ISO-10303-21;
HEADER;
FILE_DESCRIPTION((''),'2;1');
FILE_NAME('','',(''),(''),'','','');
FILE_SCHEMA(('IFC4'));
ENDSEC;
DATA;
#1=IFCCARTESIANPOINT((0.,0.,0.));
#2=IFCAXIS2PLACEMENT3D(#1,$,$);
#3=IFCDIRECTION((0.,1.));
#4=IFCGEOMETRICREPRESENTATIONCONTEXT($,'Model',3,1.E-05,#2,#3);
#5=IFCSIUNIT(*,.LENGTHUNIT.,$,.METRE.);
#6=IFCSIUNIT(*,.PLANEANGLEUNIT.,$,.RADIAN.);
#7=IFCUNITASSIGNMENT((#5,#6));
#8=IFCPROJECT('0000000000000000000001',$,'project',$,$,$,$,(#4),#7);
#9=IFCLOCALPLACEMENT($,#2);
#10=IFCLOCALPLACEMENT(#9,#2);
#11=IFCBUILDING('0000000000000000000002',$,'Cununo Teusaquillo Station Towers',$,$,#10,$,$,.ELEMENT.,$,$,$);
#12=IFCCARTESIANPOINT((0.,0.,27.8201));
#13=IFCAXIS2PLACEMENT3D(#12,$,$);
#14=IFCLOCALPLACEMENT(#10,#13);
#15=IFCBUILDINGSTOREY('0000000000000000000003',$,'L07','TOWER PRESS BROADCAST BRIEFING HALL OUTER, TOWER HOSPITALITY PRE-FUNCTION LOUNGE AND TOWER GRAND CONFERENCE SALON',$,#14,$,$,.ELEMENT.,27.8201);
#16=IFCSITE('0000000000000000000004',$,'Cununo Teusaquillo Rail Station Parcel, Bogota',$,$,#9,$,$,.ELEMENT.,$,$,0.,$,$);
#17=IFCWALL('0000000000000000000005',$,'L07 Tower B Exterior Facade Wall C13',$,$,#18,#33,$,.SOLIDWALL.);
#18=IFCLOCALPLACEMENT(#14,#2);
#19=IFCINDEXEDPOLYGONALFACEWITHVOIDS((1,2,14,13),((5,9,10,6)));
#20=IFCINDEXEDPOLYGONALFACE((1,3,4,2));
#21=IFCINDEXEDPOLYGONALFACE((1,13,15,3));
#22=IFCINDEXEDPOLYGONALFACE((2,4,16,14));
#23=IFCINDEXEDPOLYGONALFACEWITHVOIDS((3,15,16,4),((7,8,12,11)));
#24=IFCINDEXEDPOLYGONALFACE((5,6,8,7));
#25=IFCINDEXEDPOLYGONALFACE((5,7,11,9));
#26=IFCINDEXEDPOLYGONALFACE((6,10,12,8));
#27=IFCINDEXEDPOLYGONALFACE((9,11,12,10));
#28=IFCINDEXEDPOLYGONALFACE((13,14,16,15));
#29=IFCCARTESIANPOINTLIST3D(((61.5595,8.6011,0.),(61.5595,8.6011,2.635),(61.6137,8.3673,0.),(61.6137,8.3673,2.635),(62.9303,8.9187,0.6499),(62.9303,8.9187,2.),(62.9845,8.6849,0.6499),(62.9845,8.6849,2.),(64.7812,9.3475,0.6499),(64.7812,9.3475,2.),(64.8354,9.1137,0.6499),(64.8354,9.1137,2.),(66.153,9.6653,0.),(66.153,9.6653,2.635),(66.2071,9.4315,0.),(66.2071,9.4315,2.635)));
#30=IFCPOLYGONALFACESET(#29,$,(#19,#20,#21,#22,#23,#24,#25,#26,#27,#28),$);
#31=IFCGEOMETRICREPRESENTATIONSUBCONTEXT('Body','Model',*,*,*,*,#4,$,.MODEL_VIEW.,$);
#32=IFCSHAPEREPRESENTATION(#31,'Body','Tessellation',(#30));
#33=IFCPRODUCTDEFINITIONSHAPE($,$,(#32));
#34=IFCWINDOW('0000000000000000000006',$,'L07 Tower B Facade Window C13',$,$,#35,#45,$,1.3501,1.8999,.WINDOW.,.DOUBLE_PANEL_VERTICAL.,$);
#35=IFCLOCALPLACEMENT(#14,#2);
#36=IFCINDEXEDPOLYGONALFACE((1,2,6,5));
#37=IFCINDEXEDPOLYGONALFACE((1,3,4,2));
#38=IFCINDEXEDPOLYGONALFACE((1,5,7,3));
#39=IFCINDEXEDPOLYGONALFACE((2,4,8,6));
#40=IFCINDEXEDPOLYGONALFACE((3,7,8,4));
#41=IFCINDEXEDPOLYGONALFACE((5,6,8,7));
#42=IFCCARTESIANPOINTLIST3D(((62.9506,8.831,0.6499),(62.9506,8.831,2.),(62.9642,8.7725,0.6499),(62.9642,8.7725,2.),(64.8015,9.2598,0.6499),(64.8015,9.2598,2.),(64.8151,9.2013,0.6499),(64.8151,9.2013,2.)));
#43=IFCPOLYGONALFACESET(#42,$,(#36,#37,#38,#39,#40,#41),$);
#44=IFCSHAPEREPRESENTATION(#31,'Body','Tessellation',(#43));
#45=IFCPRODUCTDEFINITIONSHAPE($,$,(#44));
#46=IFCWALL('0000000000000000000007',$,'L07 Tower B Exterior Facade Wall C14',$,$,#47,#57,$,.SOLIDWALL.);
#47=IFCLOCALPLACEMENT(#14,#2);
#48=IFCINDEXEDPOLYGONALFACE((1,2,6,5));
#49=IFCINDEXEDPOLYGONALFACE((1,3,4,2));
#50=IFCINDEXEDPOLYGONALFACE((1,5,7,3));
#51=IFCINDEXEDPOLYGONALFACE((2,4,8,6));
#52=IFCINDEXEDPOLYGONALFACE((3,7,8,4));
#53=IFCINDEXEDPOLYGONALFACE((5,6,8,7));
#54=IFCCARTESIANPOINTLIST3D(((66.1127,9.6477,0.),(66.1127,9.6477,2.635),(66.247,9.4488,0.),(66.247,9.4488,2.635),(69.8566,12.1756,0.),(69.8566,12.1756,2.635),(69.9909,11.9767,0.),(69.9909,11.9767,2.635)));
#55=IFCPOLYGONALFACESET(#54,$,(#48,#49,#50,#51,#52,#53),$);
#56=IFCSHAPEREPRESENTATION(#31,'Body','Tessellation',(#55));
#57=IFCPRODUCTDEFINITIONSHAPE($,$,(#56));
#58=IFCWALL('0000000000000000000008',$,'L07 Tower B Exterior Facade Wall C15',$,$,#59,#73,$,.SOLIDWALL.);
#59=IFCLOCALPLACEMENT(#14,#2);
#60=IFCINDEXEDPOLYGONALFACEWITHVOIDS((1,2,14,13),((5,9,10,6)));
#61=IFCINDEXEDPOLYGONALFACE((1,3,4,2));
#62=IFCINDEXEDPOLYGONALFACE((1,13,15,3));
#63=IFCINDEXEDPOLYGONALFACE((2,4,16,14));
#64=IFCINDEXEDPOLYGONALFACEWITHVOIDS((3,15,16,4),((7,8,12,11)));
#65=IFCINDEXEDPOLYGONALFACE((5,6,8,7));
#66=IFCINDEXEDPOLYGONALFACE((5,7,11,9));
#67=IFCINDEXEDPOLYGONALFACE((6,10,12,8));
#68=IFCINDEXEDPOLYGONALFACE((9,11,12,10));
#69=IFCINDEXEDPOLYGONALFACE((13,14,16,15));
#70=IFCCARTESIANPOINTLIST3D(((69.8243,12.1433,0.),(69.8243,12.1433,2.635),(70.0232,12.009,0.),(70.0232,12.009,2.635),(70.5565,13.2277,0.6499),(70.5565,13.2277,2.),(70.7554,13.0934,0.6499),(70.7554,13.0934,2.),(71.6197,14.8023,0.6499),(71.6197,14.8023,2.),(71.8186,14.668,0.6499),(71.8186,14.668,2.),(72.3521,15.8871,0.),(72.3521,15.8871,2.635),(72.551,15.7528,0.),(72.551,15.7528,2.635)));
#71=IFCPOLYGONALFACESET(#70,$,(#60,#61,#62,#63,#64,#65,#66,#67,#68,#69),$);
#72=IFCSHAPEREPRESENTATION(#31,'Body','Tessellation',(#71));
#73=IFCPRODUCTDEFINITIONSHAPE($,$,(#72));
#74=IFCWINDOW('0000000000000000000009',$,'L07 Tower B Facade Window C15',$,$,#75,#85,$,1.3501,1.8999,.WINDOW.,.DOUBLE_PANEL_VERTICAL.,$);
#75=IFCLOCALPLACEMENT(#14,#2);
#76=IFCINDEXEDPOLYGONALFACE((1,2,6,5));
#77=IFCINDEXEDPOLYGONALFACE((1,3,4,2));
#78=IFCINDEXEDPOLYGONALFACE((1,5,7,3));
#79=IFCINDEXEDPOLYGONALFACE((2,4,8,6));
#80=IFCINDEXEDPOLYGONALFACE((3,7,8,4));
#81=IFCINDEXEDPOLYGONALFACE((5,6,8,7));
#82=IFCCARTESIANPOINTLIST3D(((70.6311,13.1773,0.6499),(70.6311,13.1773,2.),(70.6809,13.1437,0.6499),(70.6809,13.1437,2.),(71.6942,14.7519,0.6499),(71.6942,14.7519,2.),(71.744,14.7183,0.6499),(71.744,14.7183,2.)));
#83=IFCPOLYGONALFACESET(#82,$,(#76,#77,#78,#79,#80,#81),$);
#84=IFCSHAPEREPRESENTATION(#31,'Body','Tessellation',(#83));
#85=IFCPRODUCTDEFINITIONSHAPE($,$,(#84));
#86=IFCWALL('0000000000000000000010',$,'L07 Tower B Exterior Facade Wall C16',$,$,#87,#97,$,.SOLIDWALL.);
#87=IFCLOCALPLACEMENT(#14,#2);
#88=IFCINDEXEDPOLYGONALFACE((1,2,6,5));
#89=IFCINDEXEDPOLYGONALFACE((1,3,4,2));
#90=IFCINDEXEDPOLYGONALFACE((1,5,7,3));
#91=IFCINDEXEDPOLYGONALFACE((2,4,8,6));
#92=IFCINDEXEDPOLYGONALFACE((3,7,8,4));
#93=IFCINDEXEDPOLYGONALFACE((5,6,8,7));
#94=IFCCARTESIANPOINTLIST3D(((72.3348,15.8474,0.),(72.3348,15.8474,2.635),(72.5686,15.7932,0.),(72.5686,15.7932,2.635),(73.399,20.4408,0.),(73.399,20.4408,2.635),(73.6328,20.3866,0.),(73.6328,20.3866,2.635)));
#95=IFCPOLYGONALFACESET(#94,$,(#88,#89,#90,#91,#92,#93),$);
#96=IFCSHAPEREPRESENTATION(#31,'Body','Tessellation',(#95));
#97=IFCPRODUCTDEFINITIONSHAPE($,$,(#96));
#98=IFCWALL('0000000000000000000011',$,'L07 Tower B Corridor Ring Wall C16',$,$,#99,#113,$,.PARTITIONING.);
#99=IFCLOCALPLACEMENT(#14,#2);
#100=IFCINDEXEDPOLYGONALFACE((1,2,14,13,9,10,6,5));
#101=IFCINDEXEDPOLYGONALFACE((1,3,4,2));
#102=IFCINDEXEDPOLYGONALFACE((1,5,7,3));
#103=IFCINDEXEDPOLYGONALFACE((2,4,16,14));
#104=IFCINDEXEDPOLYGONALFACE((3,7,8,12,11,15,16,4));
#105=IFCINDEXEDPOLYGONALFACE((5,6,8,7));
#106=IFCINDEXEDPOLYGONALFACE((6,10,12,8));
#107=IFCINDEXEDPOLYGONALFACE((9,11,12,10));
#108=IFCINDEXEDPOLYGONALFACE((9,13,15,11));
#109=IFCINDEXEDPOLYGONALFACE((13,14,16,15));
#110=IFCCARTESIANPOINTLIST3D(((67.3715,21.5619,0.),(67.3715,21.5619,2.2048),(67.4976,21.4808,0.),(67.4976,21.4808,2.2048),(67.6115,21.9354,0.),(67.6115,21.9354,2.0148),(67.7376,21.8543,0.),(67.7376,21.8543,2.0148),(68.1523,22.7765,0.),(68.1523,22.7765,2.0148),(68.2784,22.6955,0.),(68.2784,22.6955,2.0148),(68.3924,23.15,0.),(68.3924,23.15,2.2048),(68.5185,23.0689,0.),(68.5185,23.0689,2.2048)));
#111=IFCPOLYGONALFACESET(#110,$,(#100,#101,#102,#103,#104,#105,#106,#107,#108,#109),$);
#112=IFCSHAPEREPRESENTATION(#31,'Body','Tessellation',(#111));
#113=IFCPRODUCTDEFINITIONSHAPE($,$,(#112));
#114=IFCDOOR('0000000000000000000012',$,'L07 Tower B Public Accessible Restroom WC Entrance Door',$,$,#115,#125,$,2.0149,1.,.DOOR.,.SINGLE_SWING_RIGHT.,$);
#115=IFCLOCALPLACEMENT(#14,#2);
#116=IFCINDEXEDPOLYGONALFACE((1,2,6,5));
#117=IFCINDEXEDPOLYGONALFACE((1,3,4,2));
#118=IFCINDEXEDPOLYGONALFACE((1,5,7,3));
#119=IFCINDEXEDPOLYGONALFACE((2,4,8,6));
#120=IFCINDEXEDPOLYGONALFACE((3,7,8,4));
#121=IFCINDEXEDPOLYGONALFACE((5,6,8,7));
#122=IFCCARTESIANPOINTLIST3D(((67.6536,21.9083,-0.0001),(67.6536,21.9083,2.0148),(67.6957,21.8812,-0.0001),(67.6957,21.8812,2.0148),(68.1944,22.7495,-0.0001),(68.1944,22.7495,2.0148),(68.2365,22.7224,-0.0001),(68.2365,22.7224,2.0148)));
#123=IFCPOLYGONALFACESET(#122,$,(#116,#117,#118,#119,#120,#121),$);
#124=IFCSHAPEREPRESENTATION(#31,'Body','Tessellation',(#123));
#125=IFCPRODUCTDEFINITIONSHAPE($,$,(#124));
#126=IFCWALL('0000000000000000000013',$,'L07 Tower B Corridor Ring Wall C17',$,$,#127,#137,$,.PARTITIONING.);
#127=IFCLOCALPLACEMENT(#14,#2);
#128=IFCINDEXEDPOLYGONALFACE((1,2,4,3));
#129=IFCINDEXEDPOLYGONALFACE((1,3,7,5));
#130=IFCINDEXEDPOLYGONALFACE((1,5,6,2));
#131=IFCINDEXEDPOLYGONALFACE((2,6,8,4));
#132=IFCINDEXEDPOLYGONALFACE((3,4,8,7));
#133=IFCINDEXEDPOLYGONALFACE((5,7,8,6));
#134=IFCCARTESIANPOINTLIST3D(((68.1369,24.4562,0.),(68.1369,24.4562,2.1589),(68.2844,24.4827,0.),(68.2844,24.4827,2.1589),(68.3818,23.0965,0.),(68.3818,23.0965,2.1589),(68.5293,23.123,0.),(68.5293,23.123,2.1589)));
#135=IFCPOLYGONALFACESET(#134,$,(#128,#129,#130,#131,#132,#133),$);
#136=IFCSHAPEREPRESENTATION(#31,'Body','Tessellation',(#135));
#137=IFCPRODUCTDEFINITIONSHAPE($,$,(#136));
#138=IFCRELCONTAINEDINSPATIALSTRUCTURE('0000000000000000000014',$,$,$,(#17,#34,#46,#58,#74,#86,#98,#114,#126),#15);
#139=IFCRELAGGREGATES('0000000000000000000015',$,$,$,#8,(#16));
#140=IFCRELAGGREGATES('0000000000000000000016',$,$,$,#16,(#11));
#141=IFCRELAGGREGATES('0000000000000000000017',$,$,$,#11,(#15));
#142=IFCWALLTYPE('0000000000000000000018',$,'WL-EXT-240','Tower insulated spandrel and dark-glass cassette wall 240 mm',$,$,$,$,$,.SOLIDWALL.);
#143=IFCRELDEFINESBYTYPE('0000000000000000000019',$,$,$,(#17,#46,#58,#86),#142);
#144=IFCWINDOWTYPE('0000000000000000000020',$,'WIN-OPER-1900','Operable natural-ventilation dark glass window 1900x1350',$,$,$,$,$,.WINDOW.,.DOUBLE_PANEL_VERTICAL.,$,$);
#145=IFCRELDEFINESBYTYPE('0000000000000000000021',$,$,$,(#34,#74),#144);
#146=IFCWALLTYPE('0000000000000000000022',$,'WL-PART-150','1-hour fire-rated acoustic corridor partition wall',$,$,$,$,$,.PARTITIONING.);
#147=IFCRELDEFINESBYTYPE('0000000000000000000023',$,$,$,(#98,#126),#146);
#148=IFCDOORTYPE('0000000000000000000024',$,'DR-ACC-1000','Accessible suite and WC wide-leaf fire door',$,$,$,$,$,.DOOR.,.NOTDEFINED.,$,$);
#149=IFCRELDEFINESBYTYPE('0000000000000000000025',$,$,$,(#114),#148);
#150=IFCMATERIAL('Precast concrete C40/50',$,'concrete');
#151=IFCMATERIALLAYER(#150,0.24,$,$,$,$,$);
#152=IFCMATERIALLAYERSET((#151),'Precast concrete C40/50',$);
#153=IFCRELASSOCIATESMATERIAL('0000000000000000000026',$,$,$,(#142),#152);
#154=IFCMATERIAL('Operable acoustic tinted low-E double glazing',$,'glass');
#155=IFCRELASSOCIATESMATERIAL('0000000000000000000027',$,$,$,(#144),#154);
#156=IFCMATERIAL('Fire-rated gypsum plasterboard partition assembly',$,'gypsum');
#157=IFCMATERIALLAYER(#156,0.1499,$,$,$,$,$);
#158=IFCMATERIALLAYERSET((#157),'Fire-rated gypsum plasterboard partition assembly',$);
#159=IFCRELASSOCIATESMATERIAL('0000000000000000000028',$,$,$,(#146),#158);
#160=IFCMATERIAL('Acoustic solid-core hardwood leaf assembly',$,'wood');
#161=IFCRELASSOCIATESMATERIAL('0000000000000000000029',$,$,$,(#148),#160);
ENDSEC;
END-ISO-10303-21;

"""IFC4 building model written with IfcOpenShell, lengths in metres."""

from ifc_helpers import new_model, si_unit, direction, frame, frame_2d, origin, place, context, subcontext, project, spatial, rectangle, extrude, source, transform, mapped, material, layer, layer_set, type_object, element, fill, save


model = new_model("IFC4")

# Units and contexts
model_context = context("Model", 3, precision=1e-05, world=origin(), true_north=direction((0.0, 1.0)))
body_context = subcontext(model_context, "Body", "Model", "MODEL_VIEW")
ifc_project = project(units=[si_unit("LENGTHUNIT", "METRE"), si_unit("PLANEANGLEUNIT", "RADIAN")], contexts=[model_context])

# Site, building, storey
site_placement = place(None, origin())
site = spatial("IfcSite", under=ifc_project, at=site_placement, Name="Cununo Teusaquillo Rail Station Parcel, Bogota", CompositionType="ELEMENT", RefElevation=0.0)
building_placement = place(site_placement, origin())
building = spatial("IfcBuilding", under=site, at=building_placement, Name="Cununo Teusaquillo Station Towers", CompositionType="ELEMENT")
storey_placement = place(building_placement, frame((0.0, 0.0, 27.8201)))
storey = spatial("IfcBuildingStorey", under=building, at=storey_placement, Name="L07", Description="TOWER PRESS BROADCAST BRIEFING HALL OUTER, TOWER HOSPITALITY PRE-FUNCTION LOUNGE AND TOWER GRAND CONFERENCE SALON", CompositionType="ELEMENT", Elevation=27.8201)

# Wall, opening, window
ifc_material_1 = material(Name="Precast concrete C40/50", Category="concrete")
ifc_layer_1 = layer(ifc_material_1, 0.24)
ifc_layer_set_1 = layer_set([ifc_layer_1], Name="Precast concrete C40/50")
wall_type_1 = type_object("IfcWallType", Name="WL-EXT-240", Description="Tower insulated spandrel and dark-glass cassette wall 240 mm", PredefinedType="SOLIDWALL", material=ifc_layer_set_1)
wall_1_placement = place(storey_placement, frame((66.1799, 9.5483, 0.0), z_axis=(0.0, 0.0, 1.0), x_axis=(-0.974197, -0.225699, 0.0)))
wall_1 = element("IfcWall", 1, at=wall_1_placement, inside=storey, type_object=wall_type_1, Name="L07 Tower B Exterior Facade Wall C13", PredefinedType="SOLIDWALL", context=body_context, shape_type="SweptSolid", body=[
    extrude(rectangle(XDim=4.7151, YDim=0.24, at=frame_2d((2.3574, 0.0))), origin(), (0.0, 0.0, 1.0), 2.635),
])
shared_shape_1 = source(origin(), body_context, "Body", "SweptSolid", [
    extrude(rectangle(XDim=1.8999, YDim=1.3501, at=frame_2d((0.95, 0.675))), frame((0.0, 0.1299, 0.0), z_axis=(0.0, -1.0, 0.0), x_axis=(1.0, 0.0, 0.0)), (0.0, 0.0, 1.0), 0.26),
])
opening_1_placement = place(wall_1_placement, frame((1.408, 0.0, 0.6499)))
opening_1 = element("IfcOpeningElement", 2, at=opening_1_placement, cuts=wall_1, PredefinedType="OPENING", context=body_context, shape_type="MappedRepresentation", body=[
    mapped(shared_shape_1, transform((0.0, 0.0, 0.0), x_axis=(1.0, 0.0, 0.0), y_axis=(0.0, 1.0, 0.0), z_axis=(0.0, 0.0, 1.0), scale=1.0)),
])
ifc_material_2 = material(Name="Operable acoustic tinted low-E double glazing", Category="glass")
window_type = type_object("IfcWindowType", Name="WIN-OPER-1900", Description="Operable natural-ventilation dark glass window 1900x1350", PartitioningType="DOUBLE_PANEL_VERTICAL", PredefinedType="WINDOW", material=ifc_material_2)
shared_shape_2 = source(origin(), body_context, "Body", "SweptSolid", [
    extrude(rectangle(XDim=1.8999, YDim=1.3501, at=frame_2d((0.95, 0.675))), frame((0.0, 0.03, 0.0), z_axis=(0.0, -1.0, 0.0), x_axis=(1.0, 0.0, 0.0)), (0.0, 0.0, 1.0), 0.0601),
])
window_1_placement = place(opening_1_placement, origin())
window_1 = element("IfcWindow", 3, at=window_1_placement, inside=storey, type_object=window_type, Name="L07 Tower B Facade Window C13", OverallHeight=1.3501, OverallWidth=1.8999, PartitioningType="DOUBLE_PANEL_VERTICAL", PredefinedType="WINDOW", context=body_context, shape_type="MappedRepresentation", body=[
    mapped(shared_shape_2, transform((0.0, 0.0, 0.0), x_axis=(1.0, 0.0, 0.0), y_axis=(0.0, 1.0, 0.0), z_axis=(0.0, 0.0, 1.0), scale=1.0)),
])
fill(opening_1, window_1)

# Wall
wall_2_placement = place(storey_placement, frame((69.9238, 12.0762, 0.0), z_axis=(0.0, 0.0, 1.0), x_axis=(-0.828777, -0.55958, 0.0)))
element("IfcWall", 4, at=wall_2_placement, inside=storey, type_object=wall_type_1, Name="L07 Tower B Exterior Facade Wall C14", PredefinedType="SOLIDWALL", context=body_context, shape_type="SweptSolid", body=[
    extrude(rectangle(XDim=4.5173, YDim=0.24, at=frame_2d((2.2588, 0.0))), origin(), (0.0, 0.0, 1.0), 2.635),
])

# Wall, opening, window
wall_3_placement = place(storey_placement, frame((72.4517, 15.8201, 0.0), z_axis=(0.0, 0.0, 1.0), x_axis=(-0.55958, -0.828777, 0.0)))
wall_3 = element("IfcWall", 5, at=wall_3_placement, inside=storey, type_object=wall_type_1, Name="L07 Tower B Exterior Facade Wall C15", PredefinedType="SOLIDWALL", context=body_context, shape_type="SweptSolid", body=[
    extrude(rectangle(XDim=4.5173, YDim=0.24, at=frame_2d((2.2588, 0.0))), origin(), (0.0, 0.0, 1.0), 2.635),
])
opening_2_placement = place(wall_3_placement, frame((1.3091, 0.0, 0.6499)))
opening_2 = element("IfcOpeningElement", 6, at=opening_2_placement, cuts=wall_3, PredefinedType="OPENING", context=body_context, shape_type="MappedRepresentation", body=[
    mapped(shared_shape_1, transform((0.0, 0.0, 0.0), x_axis=(1.0, 0.0, 0.0), y_axis=(0.0, 1.0, 0.0), z_axis=(0.0, 0.0, 1.0), scale=1.0)),
])
window_2_placement = place(opening_2_placement, origin())
window_2 = element("IfcWindow", 7, at=window_2_placement, inside=storey, type_object=window_type, Name="L07 Tower B Facade Window C15", OverallHeight=1.3501, OverallWidth=1.8999, PartitioningType="DOUBLE_PANEL_VERTICAL", PredefinedType="WINDOW", context=body_context, shape_type="MappedRepresentation", body=[
    mapped(shared_shape_2, transform((0.0, 0.0, 0.0), x_axis=(1.0, 0.0, 0.0), y_axis=(0.0, 1.0, 0.0), z_axis=(0.0, 0.0, 1.0), scale=1.0)),
])
fill(opening_2, window_2)

# Wall
wall_4_placement = place(storey_placement, frame((73.5159, 20.4136, 0.0), z_axis=(0.0, 0.0, 1.0), x_axis=(-0.225699, -0.974197, 0.0)))
element("IfcWall", 8, at=wall_4_placement, inside=storey, type_object=wall_type_1, Name="L07 Tower B Exterior Facade Wall C16", PredefinedType="SOLIDWALL", context=body_context, shape_type="SweptSolid", body=[
    extrude(rectangle(XDim=4.7151, YDim=0.24, at=frame_2d((2.3574, 0.0))), origin(), (0.0, 0.0, 1.0), 2.635),
])

# Wall, opening, door
ifc_material_3 = material(Name="Fire-rated gypsum plasterboard partition assembly", Category="gypsum")
ifc_layer_2 = layer(ifc_material_3, 0.1499)
ifc_layer_set_2 = layer_set([ifc_layer_2], Name="Fire-rated gypsum plasterboard partition assembly")
wall_type_2 = type_object("IfcWallType", Name="WL-PART-150", Description="1-hour fire-rated acoustic corridor partition wall", PredefinedType="PARTITIONING", material=ifc_layer_set_2)
wall_5_placement = place(storey_placement, frame((67.4346, 21.5215, 0.0), z_axis=(0.0, 0.0, 1.0), x_axis=(0.540777, 0.841166, 0.0)))
wall_5 = element("IfcWall", 9, at=wall_5_placement, inside=storey, type_object=wall_type_2, Name="L07 Tower B Corridor Ring Wall C16", PredefinedType="PARTITIONING", context=body_context, shape_type="SweptSolid", body=[
    extrude(rectangle(XDim=1.8879, YDim=0.1499, at=frame_2d((0.9438, 0.0))), origin(), (0.0, 0.0, 1.0), 2.2048),
])
shared_shape_3 = source(origin(), body_context, "Body", "SweptSolid", [
    extrude(rectangle(XDim=1.0, YDim=2.0149, at=frame_2d((0.5, 1.0073))), frame((0.0, 0.085, 0.0), z_axis=(0.0, -1.0, 0.0), x_axis=(1.0, 0.0, 0.0)), (0.0, 0.0, 1.0), 0.1699),
])
opening_3_placement = place(wall_5_placement, frame((0.4438, 0.0, 0.0)))
opening_3 = element("IfcOpeningElement", 10, at=opening_3_placement, cuts=wall_5, PredefinedType="OPENING", context=body_context, shape_type="MappedRepresentation", body=[
    mapped(shared_shape_3, transform((0.0, 0.0, 0.0), x_axis=(1.0, 0.0, 0.0), y_axis=(0.0, 1.0, 0.0), z_axis=(0.0, 0.0, 1.0), scale=1.0)),
])
ifc_material_4 = material(Name="Acoustic solid-core hardwood leaf assembly", Category="wood")
door_type_1 = type_object("IfcDoorType", Name="DR-ACC-1000", Description="Accessible suite and WC wide-leaf fire door", OperationType="NOTDEFINED", PredefinedType="DOOR", material=ifc_material_4)
shared_shape_4 = source(origin(), body_context, "Body", "SweptSolid", [
    extrude(rectangle(XDim=1.0, YDim=2.0149, at=frame_2d((0.5, 1.0073))), frame((0.0, 0.0249, 0.0), z_axis=(0.0, -1.0, 0.0), x_axis=(1.0, 0.0, 0.0)), (0.0, 0.0, 1.0), 0.05),
])
door_1_placement = place(opening_3_placement, origin())
door_1 = element("IfcDoor", 11, at=door_1_placement, inside=storey, type_object=door_type_1, Name="L07 Tower B Public Accessible Restroom WC Entrance Door", OperationType="SINGLE_SWING_RIGHT", OverallHeight=2.0149, OverallWidth=1.0, PredefinedType="DOOR", context=body_context, shape_type="MappedRepresentation", body=[
    mapped(shared_shape_4, transform((0.0, 0.0, 0.0), x_axis=(1.0, 0.0, 0.0), y_axis=(0.0, 1.0, 0.0), z_axis=(0.0, 0.0, 1.0), scale=1.0)),
])
fill(opening_3, door_1)

# Wall
wall_6_placement = place(storey_placement, frame((68.4556, 23.1096, 0.0), z_axis=(0.0, 0.0, 1.0), x_axis=(-0.177252, 0.984165, 0.0)))
element("IfcWall", 12, at=wall_6_placement, inside=storey, type_object=wall_type_2, Name="L07 Tower B Corridor Ring Wall C17", PredefinedType="PARTITIONING", context=body_context, shape_type="SweptSolid", body=[
    extrude(rectangle(XDim=1.3816, YDim=0.1499, at=frame_2d((0.6909, 0.0))), origin(), (0.0, 0.0, 1.0), 2.1589),
])

save(model, "model.ifc")
